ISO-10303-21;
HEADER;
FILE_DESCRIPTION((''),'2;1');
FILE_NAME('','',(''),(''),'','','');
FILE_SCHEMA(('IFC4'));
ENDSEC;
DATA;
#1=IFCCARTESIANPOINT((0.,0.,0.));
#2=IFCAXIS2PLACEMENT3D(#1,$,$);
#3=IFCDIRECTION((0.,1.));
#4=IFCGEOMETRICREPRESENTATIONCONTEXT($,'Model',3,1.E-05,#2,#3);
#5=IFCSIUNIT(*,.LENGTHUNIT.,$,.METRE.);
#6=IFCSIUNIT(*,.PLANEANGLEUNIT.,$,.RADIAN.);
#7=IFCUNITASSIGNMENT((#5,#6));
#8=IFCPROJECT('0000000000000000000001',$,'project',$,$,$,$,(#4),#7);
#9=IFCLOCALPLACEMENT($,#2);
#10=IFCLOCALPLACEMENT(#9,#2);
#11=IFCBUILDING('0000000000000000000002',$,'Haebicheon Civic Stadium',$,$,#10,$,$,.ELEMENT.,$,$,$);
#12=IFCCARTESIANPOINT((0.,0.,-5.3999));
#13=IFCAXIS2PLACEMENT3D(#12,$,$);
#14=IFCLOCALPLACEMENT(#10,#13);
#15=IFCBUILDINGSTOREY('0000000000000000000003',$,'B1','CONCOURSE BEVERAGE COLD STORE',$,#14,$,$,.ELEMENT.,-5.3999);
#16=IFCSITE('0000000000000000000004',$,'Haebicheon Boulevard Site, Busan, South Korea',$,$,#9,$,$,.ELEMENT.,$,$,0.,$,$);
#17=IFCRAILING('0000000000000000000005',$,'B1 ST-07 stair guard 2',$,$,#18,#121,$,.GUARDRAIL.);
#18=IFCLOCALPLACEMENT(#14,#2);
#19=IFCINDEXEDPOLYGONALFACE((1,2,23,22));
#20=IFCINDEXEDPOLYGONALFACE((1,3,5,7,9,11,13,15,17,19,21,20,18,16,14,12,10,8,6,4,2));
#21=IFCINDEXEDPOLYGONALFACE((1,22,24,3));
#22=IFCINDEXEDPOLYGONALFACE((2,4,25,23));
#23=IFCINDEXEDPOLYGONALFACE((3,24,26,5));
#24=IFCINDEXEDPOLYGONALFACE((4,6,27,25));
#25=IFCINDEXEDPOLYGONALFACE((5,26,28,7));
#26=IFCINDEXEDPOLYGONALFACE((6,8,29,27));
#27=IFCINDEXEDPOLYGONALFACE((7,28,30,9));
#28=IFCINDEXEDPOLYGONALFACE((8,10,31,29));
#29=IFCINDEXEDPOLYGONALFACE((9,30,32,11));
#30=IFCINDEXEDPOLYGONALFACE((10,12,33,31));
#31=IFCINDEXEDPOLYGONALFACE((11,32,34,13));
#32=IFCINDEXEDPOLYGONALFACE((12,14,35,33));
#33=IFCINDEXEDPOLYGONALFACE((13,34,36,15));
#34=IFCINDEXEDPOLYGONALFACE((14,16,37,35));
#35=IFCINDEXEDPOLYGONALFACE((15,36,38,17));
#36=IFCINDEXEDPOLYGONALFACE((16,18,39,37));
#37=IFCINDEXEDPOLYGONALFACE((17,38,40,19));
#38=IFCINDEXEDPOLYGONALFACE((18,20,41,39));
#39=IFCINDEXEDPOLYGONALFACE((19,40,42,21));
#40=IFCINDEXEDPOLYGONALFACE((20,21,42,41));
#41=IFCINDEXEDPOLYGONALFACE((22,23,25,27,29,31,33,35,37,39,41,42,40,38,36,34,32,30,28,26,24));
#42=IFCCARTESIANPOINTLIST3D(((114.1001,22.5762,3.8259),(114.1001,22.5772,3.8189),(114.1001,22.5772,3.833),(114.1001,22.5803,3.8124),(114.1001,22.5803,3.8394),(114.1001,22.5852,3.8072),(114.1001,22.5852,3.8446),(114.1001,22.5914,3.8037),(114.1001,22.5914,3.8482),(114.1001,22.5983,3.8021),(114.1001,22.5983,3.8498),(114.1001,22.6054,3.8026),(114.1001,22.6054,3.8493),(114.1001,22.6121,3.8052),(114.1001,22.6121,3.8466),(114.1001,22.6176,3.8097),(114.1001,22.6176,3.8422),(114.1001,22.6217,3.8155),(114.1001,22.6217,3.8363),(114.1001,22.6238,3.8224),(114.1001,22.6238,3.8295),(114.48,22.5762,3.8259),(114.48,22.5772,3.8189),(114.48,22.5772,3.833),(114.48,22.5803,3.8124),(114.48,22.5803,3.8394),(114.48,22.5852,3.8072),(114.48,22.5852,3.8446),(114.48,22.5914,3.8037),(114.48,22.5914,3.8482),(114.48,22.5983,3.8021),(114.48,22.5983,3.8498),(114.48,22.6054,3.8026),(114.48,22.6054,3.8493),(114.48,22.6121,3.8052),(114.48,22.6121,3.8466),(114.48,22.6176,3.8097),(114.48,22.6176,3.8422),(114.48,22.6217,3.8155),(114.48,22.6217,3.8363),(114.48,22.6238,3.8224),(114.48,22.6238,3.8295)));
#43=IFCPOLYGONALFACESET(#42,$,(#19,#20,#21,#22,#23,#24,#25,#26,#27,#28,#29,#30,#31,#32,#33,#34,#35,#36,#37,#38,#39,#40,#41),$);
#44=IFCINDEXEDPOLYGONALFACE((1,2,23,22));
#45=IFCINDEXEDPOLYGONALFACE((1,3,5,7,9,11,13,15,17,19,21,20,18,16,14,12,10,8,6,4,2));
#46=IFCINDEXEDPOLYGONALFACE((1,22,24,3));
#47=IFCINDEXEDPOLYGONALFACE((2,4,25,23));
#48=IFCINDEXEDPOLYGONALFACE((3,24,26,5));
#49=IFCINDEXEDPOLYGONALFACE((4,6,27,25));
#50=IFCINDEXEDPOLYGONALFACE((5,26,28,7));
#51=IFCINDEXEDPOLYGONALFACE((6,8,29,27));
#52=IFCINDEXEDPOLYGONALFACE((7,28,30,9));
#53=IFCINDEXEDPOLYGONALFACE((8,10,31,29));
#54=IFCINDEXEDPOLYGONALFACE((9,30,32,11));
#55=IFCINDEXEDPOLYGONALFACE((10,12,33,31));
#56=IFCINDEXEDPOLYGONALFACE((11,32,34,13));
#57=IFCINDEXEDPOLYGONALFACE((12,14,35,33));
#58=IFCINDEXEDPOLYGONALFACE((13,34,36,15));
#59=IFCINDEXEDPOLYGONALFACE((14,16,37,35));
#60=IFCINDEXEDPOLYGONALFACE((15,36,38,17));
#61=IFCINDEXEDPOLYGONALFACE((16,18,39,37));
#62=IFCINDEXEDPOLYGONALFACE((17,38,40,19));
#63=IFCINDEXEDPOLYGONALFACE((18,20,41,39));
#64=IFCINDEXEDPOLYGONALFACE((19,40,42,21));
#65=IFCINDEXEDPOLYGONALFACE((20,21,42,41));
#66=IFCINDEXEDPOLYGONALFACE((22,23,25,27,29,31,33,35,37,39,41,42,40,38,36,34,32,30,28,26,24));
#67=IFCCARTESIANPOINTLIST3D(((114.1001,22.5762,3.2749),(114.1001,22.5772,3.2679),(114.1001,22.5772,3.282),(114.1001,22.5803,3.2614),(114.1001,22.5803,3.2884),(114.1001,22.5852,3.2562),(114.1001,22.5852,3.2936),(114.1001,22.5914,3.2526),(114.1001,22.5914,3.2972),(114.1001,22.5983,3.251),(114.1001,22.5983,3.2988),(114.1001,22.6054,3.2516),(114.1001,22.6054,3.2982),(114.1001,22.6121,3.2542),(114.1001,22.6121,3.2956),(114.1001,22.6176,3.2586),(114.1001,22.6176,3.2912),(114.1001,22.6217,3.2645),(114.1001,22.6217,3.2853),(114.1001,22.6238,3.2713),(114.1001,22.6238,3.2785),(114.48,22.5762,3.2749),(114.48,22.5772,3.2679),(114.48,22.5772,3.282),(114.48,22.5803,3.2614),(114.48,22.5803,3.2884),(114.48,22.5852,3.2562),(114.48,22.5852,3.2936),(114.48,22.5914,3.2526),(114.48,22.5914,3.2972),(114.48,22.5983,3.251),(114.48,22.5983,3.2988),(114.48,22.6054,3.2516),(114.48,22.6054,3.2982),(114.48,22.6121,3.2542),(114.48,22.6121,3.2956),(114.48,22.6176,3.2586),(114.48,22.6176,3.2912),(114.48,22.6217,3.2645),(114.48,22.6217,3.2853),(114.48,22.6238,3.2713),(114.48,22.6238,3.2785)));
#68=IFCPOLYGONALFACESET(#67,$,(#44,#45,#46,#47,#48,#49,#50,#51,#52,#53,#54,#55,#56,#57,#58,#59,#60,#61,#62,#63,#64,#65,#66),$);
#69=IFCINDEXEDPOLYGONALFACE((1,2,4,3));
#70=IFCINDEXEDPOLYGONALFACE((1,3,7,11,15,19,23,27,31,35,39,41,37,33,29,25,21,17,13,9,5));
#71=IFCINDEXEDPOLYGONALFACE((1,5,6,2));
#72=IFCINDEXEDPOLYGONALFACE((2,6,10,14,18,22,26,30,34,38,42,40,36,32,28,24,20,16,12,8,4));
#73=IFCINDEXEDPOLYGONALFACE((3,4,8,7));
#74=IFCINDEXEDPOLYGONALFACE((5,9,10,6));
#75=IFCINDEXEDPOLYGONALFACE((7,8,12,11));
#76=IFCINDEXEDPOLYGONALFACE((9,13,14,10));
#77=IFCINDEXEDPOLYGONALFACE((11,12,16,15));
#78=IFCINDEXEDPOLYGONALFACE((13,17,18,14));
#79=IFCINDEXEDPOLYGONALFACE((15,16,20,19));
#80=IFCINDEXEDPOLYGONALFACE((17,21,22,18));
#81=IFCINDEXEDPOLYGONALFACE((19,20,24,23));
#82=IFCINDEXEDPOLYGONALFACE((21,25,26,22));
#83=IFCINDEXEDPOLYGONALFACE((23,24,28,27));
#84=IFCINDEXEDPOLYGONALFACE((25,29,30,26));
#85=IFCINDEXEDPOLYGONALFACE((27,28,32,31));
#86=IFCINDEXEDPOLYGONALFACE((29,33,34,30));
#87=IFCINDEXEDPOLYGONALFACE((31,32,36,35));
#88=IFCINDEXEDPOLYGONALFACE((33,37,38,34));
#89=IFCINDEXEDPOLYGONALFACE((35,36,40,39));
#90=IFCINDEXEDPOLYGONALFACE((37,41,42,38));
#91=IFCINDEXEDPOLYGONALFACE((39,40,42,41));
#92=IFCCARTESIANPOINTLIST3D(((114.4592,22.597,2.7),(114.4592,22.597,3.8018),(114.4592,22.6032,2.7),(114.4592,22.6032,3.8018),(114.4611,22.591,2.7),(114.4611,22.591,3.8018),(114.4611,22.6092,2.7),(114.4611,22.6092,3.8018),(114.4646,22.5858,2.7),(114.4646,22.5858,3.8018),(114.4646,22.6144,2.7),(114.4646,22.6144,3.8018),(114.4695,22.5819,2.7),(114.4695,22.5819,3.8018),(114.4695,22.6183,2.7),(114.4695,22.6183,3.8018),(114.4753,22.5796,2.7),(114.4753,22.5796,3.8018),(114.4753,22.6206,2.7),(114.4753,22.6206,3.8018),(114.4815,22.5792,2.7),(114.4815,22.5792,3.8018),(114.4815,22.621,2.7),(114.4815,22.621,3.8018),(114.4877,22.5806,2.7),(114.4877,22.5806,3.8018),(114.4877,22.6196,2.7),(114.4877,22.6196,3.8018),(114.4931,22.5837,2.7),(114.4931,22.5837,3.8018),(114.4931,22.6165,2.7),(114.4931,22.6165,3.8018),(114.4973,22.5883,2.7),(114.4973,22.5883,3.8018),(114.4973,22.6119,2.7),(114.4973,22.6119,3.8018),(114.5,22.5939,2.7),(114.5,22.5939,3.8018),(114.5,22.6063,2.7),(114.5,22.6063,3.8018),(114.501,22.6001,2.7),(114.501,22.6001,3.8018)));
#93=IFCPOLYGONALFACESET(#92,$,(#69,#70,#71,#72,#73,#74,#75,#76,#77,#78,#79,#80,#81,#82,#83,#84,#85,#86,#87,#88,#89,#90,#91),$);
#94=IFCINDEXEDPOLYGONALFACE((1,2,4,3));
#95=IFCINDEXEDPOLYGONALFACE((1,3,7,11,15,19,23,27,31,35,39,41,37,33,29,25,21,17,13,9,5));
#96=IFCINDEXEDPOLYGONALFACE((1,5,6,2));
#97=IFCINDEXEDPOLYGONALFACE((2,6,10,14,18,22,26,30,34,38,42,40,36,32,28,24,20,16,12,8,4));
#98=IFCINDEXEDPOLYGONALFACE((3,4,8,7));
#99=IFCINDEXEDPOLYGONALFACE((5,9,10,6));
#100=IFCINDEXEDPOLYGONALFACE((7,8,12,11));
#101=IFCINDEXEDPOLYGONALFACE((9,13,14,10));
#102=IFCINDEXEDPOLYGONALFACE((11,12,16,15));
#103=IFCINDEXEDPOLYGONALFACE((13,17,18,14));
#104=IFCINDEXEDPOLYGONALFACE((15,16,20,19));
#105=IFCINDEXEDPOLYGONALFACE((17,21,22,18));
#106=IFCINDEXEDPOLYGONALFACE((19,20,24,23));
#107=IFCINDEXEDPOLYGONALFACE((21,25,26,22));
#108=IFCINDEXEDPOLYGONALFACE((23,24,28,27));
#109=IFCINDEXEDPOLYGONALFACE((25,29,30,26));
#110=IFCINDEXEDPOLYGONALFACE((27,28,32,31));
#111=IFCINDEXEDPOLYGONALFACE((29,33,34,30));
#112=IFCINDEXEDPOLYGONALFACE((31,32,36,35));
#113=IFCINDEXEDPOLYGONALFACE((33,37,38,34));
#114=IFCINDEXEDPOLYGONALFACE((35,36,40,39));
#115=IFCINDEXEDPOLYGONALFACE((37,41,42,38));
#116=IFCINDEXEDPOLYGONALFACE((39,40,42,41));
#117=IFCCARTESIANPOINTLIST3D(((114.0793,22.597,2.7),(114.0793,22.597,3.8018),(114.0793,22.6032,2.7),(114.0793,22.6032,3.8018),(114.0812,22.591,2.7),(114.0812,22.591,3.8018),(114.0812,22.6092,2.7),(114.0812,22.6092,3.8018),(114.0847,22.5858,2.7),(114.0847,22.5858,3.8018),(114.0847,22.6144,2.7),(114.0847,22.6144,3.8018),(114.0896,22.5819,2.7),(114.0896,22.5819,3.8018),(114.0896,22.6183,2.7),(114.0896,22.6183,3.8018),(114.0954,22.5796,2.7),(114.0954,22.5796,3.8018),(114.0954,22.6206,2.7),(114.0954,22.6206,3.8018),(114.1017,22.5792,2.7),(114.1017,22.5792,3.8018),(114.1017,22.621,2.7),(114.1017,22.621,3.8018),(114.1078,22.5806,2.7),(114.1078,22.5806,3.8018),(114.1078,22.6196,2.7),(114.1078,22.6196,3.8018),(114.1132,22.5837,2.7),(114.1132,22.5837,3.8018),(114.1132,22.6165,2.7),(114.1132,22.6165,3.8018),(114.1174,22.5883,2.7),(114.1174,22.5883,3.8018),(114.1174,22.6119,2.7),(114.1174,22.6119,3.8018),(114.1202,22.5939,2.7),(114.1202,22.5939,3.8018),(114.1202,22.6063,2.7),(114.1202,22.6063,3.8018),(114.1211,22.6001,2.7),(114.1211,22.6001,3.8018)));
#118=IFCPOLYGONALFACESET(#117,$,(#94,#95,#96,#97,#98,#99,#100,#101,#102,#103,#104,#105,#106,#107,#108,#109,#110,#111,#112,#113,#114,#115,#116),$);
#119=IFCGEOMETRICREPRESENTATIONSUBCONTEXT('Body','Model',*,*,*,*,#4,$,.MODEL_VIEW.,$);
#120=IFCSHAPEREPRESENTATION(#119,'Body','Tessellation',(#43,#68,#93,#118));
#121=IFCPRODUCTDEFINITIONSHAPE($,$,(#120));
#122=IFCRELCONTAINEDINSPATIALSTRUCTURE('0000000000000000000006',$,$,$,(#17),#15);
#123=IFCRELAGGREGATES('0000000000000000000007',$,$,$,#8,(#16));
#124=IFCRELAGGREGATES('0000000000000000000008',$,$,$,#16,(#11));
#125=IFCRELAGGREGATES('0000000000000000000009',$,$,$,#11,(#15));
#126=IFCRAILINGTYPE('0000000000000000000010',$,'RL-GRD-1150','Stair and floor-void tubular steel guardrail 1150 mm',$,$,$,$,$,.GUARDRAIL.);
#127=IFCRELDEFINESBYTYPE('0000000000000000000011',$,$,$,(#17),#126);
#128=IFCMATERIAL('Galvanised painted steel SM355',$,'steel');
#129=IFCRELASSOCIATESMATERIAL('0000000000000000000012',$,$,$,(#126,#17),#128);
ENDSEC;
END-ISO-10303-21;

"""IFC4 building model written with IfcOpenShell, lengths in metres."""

from ifc_helpers import new_model, si_unit, direction, frame, origin, origin_2d, place, context, subcontext, project, spatial, circle, extrude, material, type_object, element, save


model = new_model("IFC4")

# Units and contexts
model_context = context("Model", 3, precision=1e-05, world=origin(), true_north=direction((0.0, 1.0)))
body_context = subcontext(model_context, "Body", "Model", "MODEL_VIEW")
ifc_project = project(units=[si_unit("LENGTHUNIT", "METRE"), si_unit("PLANEANGLEUNIT", "RADIAN")], contexts=[model_context])

# Site, building, storey
site_placement = place(None, origin())
site = spatial("IfcSite", under=ifc_project, at=site_placement, Name="Haebicheon Boulevard Site, Busan, South Korea", CompositionType="ELEMENT", RefElevation=0.0)
building_placement = place(site_placement, origin())
building = spatial("IfcBuilding", under=site, at=building_placement, Name="Haebicheon Civic Stadium", CompositionType="ELEMENT")
storey_placement = place(building_placement, frame((0.0, 0.0, -5.3999)))
storey = spatial("IfcBuildingStorey", under=building, at=storey_placement, Name="B1", Description="CONCOURSE BEVERAGE COLD STORE", CompositionType="ELEMENT", Elevation=-5.3999)

# Railing
ifc_material_1 = material(Name="Galvanised painted steel SM355", Category="steel")
railing_type_1 = type_object("IfcRailingType", Name="RL-GRD-1150", Description="Stair and floor-void tubular steel guardrail 1150 mm", PredefinedType="GUARDRAIL", material=ifc_material_1)
railing_1_placement = place(storey_placement, frame((114.48, 22.6001, 2.7)))
element("IfcRailing", 1, at=railing_1_placement, inside=storey, type_object=railing_type_1, material=ifc_material_1, Name="B1 ST-07 stair guard 2", PredefinedType="GUARDRAIL", context=body_context, shape_type="SweptSolid", body=[
    extrude(circle(Radius=0.0239, at=origin_2d()), frame((0.0, 0.0, 1.126), z_axis=(-1.0, 0.0, 0.0), x_axis=(0.0, -1.0, 0.0)), (0.0, 0.0, 1.0), 0.3799),
    extrude(circle(Radius=0.0239, at=origin_2d()), frame((0.0, 0.0, 0.575), z_axis=(-1.0, 0.0, 0.0), x_axis=(0.0, -1.0, 0.0)), (0.0, 0.0, 1.0), 0.3799),
    extrude(circle(Radius=0.021, at=origin_2d()), origin(), (0.0, 0.0, 1.0), 1.1018),
    extrude(circle(Radius=0.021, at=origin_2d()), frame((-0.3799, 0.0, 0.0)), (0.0, 0.0, 1.0), 1.1018),
])

save(model, "model.ifc")
